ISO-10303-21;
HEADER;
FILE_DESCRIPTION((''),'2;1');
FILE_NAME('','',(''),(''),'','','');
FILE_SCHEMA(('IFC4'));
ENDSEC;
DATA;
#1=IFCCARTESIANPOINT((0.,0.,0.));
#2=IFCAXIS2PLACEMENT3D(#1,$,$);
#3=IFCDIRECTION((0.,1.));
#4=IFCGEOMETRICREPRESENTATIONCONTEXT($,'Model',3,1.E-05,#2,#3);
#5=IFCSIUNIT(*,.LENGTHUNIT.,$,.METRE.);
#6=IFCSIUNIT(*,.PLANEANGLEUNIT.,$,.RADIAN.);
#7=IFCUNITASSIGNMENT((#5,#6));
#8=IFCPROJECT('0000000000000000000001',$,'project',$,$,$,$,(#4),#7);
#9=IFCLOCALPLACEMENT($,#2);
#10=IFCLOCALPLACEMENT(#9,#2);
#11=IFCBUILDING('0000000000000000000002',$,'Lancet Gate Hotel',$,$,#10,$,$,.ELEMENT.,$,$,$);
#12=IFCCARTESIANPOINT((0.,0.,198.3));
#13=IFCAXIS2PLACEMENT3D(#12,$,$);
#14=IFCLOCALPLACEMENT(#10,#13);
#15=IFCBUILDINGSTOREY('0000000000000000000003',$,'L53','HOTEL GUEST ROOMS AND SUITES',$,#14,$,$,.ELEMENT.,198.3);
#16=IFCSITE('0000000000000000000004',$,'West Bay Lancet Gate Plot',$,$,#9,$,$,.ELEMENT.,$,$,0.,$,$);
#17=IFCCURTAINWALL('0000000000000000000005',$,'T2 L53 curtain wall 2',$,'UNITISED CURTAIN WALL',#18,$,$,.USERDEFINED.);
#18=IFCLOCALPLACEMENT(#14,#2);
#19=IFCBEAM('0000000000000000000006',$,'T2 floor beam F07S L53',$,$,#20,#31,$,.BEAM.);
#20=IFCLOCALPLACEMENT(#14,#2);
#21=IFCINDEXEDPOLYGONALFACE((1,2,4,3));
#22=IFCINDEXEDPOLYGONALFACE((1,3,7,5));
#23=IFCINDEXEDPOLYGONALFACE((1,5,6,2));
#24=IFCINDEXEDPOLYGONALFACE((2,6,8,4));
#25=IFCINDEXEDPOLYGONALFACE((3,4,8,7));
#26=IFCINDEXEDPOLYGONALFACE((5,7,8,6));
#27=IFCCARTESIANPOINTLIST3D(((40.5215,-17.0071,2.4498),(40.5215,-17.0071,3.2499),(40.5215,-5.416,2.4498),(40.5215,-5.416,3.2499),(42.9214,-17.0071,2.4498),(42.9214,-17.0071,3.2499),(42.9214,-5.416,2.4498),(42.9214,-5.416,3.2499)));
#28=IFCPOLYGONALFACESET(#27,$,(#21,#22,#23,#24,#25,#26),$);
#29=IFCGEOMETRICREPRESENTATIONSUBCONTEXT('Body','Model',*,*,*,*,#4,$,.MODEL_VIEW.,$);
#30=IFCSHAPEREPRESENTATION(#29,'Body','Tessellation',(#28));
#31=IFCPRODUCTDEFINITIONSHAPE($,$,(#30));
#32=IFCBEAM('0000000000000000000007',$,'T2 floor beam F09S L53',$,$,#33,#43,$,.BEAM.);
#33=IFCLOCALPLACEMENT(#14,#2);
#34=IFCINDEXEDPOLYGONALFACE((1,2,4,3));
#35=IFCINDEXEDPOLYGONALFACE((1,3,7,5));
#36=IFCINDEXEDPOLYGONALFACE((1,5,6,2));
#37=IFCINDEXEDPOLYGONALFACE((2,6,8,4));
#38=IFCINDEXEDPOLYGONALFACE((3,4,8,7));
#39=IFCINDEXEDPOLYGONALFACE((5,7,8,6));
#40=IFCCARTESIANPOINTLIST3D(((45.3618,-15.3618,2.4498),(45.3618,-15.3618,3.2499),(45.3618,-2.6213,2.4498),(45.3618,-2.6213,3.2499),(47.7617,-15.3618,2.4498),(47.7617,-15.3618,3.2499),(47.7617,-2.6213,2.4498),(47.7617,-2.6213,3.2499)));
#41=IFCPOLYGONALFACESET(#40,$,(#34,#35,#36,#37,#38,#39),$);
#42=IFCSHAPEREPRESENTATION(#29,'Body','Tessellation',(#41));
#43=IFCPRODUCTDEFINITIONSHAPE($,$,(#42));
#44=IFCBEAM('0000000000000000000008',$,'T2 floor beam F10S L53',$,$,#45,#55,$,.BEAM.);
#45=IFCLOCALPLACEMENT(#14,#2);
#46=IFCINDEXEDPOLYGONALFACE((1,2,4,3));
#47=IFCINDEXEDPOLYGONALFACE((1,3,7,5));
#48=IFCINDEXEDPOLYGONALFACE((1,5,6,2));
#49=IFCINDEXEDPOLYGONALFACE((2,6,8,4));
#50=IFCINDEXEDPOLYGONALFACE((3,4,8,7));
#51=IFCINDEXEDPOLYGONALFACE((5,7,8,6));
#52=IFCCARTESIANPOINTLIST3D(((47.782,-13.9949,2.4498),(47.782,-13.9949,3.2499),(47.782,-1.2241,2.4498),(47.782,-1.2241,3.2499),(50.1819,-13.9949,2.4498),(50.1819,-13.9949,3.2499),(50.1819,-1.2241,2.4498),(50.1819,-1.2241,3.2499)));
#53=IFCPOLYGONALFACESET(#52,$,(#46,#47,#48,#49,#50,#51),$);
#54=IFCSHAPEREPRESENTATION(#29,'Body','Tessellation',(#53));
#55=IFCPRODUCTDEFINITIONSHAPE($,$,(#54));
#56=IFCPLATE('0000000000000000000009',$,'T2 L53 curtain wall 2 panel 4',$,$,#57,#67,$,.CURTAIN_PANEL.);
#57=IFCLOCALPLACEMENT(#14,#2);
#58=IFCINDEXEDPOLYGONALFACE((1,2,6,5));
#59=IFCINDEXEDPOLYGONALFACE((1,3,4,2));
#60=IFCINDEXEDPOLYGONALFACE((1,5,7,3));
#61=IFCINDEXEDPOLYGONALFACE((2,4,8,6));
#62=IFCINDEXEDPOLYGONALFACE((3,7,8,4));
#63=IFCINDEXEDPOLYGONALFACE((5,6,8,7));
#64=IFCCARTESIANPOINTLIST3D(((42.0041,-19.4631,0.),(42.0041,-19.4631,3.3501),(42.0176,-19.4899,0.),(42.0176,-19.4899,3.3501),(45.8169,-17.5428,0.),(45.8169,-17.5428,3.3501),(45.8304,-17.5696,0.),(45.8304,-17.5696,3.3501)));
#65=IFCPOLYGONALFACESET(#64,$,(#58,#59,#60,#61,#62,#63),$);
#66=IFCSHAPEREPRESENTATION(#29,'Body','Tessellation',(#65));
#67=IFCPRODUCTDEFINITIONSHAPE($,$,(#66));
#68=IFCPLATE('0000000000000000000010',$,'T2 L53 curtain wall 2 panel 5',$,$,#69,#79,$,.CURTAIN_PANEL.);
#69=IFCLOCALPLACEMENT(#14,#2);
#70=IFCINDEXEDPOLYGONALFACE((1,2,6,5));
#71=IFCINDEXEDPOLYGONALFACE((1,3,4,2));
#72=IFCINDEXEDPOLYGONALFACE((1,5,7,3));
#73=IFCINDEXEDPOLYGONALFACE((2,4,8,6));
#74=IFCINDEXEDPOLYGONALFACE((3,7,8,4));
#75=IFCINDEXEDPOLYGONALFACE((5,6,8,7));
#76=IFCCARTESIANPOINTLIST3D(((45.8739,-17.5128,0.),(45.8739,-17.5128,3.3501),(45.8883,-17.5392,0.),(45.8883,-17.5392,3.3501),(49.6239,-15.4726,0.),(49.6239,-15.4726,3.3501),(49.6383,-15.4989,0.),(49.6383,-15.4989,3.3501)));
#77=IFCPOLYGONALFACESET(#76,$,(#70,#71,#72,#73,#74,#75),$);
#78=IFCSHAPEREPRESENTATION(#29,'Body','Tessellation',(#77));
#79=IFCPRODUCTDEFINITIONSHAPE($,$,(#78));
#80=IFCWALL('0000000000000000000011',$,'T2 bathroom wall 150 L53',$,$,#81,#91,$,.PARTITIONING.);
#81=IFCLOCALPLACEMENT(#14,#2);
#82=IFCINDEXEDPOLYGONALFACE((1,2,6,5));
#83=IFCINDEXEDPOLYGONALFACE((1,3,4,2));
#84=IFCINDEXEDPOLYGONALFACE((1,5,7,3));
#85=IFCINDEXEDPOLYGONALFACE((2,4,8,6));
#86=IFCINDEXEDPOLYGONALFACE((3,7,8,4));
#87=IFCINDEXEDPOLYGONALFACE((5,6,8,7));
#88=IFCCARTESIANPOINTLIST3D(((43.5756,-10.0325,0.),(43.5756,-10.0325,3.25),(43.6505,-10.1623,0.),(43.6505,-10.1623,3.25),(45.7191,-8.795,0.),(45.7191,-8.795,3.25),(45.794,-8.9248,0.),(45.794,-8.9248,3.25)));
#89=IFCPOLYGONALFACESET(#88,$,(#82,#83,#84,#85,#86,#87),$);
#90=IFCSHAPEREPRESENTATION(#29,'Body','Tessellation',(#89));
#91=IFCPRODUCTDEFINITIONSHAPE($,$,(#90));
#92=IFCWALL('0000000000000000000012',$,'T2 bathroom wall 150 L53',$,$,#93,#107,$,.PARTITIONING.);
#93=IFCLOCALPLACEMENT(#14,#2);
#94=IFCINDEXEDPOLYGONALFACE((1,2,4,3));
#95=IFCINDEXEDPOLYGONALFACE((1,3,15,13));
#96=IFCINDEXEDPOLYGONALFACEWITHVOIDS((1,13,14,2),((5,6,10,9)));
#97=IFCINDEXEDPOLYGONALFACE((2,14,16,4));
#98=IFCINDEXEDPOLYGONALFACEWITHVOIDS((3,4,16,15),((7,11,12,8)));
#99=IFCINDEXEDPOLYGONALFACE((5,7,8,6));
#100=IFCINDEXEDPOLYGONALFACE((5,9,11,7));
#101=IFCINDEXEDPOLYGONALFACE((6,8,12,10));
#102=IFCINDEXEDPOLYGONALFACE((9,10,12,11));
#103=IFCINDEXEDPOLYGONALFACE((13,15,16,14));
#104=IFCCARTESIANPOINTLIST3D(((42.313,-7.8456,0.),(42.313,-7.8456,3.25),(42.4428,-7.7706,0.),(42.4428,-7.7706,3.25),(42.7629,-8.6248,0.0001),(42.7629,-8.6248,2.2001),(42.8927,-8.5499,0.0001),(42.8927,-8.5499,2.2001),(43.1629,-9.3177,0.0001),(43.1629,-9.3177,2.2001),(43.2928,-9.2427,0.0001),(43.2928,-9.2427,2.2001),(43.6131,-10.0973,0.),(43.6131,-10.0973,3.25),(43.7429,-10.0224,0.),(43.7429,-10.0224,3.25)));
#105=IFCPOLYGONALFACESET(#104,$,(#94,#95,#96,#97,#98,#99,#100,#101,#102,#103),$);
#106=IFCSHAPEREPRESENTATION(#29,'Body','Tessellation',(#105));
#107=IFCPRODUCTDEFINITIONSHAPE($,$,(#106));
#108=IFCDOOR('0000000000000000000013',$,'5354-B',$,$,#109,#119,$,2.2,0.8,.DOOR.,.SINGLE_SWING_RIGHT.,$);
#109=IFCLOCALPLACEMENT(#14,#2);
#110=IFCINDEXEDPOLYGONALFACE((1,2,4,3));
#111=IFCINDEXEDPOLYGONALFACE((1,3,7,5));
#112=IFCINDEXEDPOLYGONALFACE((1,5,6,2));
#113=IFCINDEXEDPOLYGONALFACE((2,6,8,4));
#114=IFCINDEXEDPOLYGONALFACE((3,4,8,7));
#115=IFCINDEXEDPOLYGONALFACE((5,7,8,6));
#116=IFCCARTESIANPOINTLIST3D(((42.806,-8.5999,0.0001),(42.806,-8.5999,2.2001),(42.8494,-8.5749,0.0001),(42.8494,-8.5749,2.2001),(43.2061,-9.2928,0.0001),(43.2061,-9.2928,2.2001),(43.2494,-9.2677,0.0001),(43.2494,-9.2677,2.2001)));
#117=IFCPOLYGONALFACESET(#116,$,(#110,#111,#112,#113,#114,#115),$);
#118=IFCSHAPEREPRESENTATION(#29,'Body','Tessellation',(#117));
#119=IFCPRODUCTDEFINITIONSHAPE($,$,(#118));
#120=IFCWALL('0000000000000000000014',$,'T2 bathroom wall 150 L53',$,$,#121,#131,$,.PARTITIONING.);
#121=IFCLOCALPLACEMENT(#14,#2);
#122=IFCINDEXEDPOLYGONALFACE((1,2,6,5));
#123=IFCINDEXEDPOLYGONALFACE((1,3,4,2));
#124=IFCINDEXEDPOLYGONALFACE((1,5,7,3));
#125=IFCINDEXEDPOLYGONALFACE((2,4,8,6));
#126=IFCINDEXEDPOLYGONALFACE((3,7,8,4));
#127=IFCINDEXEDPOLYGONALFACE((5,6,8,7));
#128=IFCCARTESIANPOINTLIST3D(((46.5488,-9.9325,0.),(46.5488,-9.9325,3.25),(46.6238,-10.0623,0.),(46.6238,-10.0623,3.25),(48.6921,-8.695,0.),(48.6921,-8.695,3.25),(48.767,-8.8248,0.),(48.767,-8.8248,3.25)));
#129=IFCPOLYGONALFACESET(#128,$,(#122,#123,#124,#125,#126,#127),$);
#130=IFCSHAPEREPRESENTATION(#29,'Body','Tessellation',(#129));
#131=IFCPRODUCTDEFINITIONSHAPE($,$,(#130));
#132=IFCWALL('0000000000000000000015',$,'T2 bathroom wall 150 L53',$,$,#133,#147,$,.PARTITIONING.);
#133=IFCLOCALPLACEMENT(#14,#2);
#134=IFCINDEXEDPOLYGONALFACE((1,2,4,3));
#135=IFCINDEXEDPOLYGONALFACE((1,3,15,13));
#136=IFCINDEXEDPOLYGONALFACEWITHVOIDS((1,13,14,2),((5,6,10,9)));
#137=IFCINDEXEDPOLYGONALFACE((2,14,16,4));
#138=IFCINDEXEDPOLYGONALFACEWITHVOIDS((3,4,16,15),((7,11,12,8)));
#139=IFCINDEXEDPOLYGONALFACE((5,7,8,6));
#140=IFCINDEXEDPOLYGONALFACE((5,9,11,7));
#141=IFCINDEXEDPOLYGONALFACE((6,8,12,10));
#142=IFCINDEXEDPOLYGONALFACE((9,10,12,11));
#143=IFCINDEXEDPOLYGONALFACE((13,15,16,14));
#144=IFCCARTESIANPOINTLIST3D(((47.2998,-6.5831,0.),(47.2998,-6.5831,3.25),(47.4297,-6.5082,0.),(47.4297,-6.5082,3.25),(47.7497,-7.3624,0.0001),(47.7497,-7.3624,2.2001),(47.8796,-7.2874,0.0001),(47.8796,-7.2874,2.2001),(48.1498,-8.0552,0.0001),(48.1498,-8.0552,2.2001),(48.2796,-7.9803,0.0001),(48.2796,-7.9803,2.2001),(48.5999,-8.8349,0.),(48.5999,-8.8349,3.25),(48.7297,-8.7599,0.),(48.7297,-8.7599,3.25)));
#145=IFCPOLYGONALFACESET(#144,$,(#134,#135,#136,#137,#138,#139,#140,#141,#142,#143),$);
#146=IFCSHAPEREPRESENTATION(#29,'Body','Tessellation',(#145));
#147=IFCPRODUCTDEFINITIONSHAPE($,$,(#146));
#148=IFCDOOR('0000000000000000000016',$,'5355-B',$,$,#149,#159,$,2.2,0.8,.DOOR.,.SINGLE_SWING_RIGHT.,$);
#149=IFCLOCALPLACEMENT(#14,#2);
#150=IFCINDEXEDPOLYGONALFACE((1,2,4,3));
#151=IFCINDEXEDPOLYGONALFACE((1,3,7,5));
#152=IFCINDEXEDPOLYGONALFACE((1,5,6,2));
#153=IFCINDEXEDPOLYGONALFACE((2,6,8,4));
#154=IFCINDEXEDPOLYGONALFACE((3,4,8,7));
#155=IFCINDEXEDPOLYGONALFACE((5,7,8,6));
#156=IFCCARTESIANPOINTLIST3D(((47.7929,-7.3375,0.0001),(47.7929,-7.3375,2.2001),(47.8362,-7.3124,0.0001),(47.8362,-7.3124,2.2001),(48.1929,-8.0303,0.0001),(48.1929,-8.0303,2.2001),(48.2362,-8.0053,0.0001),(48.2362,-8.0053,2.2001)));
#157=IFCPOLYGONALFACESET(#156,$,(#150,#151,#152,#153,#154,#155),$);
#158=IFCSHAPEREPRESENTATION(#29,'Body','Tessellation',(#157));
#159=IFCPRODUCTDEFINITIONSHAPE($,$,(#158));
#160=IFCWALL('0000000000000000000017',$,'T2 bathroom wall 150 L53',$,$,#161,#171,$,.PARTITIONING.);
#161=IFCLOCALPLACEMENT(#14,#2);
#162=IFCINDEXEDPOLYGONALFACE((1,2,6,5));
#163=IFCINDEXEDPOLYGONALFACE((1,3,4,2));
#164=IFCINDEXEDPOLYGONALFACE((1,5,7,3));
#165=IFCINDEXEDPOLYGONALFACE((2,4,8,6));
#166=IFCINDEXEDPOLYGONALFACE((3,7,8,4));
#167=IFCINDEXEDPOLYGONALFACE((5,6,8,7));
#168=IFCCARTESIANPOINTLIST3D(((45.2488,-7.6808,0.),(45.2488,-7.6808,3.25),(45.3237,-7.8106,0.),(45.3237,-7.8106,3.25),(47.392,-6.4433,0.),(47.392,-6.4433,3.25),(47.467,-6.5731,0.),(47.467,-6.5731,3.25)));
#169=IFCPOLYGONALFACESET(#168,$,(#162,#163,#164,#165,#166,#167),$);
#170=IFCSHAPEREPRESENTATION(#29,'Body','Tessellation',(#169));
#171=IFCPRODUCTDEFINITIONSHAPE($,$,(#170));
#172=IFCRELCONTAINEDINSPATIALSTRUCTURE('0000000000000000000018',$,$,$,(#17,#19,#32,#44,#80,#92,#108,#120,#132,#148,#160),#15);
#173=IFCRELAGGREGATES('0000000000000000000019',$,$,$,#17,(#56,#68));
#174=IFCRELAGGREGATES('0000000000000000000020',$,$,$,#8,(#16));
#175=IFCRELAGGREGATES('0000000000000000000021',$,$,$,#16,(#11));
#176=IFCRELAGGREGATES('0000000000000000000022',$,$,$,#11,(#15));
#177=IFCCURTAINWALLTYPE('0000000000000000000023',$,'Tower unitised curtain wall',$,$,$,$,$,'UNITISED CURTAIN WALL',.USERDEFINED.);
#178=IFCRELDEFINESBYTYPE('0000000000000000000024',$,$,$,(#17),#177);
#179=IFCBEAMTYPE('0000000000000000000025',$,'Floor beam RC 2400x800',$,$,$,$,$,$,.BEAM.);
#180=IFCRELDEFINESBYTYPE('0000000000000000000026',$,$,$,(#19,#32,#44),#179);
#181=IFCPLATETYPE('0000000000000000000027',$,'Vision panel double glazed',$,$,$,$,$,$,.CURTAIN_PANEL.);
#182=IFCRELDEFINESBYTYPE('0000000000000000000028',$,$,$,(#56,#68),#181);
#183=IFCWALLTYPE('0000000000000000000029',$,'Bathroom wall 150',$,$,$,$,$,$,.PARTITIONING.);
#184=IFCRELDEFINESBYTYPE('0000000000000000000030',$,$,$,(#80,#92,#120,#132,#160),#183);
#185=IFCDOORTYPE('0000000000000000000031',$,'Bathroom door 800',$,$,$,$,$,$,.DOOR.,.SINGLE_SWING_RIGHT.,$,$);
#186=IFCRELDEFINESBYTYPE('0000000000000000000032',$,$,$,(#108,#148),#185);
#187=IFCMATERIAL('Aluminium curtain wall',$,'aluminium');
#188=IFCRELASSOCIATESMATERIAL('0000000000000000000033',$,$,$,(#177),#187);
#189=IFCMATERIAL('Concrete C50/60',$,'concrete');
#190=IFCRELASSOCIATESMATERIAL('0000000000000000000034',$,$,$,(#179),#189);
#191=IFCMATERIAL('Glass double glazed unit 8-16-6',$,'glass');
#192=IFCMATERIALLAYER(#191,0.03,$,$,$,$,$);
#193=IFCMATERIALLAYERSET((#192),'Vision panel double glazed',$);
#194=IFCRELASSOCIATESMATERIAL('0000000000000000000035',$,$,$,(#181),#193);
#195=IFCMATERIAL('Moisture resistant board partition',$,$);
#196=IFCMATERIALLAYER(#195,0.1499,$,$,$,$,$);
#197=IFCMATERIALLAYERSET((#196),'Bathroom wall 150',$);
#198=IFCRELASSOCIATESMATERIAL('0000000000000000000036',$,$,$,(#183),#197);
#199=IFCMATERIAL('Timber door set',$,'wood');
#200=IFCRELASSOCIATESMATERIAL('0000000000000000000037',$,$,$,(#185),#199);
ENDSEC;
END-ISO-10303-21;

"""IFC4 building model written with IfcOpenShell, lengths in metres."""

from ifc_helpers import new_model, si_unit, direction, frame, frame_2d, origin, origin_2d, place, context, subcontext, project, spatial, rectangle, extrude, material, layer, layer_set, material_profile, profile_set, type_object, element, fill, aggregate, save


model = new_model("IFC4")

# Units and contexts
model_context = context("Model", 3, precision=1e-05, world=origin(), true_north=direction((0.0, 1.0)))
body_context = subcontext(model_context, "Body", "Model", "MODEL_VIEW")
ifc_project = project(units=[si_unit("LENGTHUNIT", "METRE"), si_unit("PLANEANGLEUNIT", "RADIAN")], contexts=[model_context])

# Site, building, storey
site_placement = place(None, origin())
site = spatial("IfcSite", under=ifc_project, at=site_placement, Name="West Bay Lancet Gate Plot", CompositionType="ELEMENT", RefElevation=0.0)
building_placement = place(site_placement, origin())
building = spatial("IfcBuilding", under=site, at=building_placement, Name="Lancet Gate Hotel", CompositionType="ELEMENT")
storey_placement = place(building_placement, frame((0.0, 0.0, 198.3)))
storey = spatial("IfcBuildingStorey", under=building, at=storey_placement, Name="L53", Description="HOTEL GUEST ROOMS AND SUITES", CompositionType="ELEMENT", Elevation=198.3)

# Curtain wall
ifc_material_1 = material(Name="Aluminium curtain wall", Category="aluminium")
curtain_wall_type = type_object("IfcCurtainWallType", Name="Tower unitised curtain wall", ElementType="UNITISED CURTAIN WALL", PredefinedType="USERDEFINED", material=ifc_material_1)
curtain_wall_placement = place(storey_placement, origin())
curtain_wall = element("IfcCurtainWall", 1, at=curtain_wall_placement, inside=storey, type_object=curtain_wall_type, Name="T2 L53 curtain wall 2", ObjectType="UNITISED CURTAIN WALL", PredefinedType="USERDEFINED")

# Beams
ifc_material_2 = material(Name="Concrete C50/60", Category="concrete")
ifc_material_profile_1 = material_profile(ifc_material_2, rectangle(XDim=2.3999, YDim=0.8, at=origin_2d()), Name="RC 2400x800")
ifc_profile_set_1 = profile_set([ifc_material_profile_1], Name="Concrete C50/60")
beam_type_1 = type_object("IfcBeamType", Name="Floor beam RC 2400x800", PredefinedType="BEAM", material=ifc_profile_set_1)
beam_1_placement = place(storey_placement, frame((41.7214, -17.0071, 2.8499), z_axis=(0.0, 1.0, 0.0), x_axis=(-1.0, 0.0, 0.0)))
element("IfcBeam", 2, at=beam_1_placement, inside=storey, type_object=beam_type_1, Name="T2 floor beam F07S L53", PredefinedType="BEAM", context=body_context, shape_type="SweptSolid", body=[
    extrude(rectangle(XDim=2.3999, YDim=0.8, at=origin_2d()), origin(), (0.0, 0.0, 1.0), 11.5911),
])
beam_2_placement = place(storey_placement, frame((46.5618, -15.3618, 2.8499), z_axis=(0.0, 1.0, 0.0), x_axis=(-1.0, 0.0, 0.0)))
element("IfcBeam", 3, at=beam_2_placement, inside=storey, type_object=beam_type_1, Name="T2 floor beam F09S L53", PredefinedType="BEAM", context=body_context, shape_type="SweptSolid", body=[
    extrude(rectangle(XDim=2.3999, YDim=0.8, at=origin_2d()), origin(), (0.0, 0.0, 1.0), 12.7405),
])
beam_3_placement = place(storey_placement, frame((48.9819, -13.9949, 2.8499), z_axis=(0.0, 1.0, 0.0), x_axis=(-1.0, 0.0, 0.0)))
element("IfcBeam", 4, at=beam_3_placement, inside=storey, type_object=beam_type_1, Name="T2 floor beam F10S L53", PredefinedType="BEAM", context=body_context, shape_type="SweptSolid", body=[
    extrude(rectangle(XDim=2.3999, YDim=0.8, at=origin_2d()), origin(), (0.0, 0.0, 1.0), 12.7708),
])

# Plates
ifc_material_3 = material(Name="Glass double glazed unit 8-16-6", Category="glass")
ifc_layer_1 = layer(ifc_material_3, 0.03)
ifc_layer_set_1 = layer_set([ifc_layer_1], Name="Vision panel double glazed")
plate_type = type_object("IfcPlateType", Name="Vision panel double glazed", PredefinedType="CURTAIN_PANEL", material=ifc_layer_set_1)
plate_1_placement = place(storey_placement, frame((43.9172, -18.5164, 0.0), z_axis=(0.0, 0.0, 1.0), x_axis=(0.893121, 0.449816, 0.0)))
plate_1 = element("IfcPlate", 5, at=plate_1_placement, type_object=plate_type, Name="T2 L53 curtain wall 2 panel 4", PredefinedType="CURTAIN_PANEL", context=body_context, shape_type="SweptSolid", body=[
    extrude(rectangle(XDim=4.269, YDim=0.03, at=origin_2d()), origin(), (0.0, 0.0, 1.0), 3.3501),
])
plate_2_placement = place(storey_placement, frame((47.7561, -16.5059, 0.0), z_axis=(0.0, 0.0, 1.0), x_axis=(0.87841, 0.477908, 0.0)))
plate_2 = element("IfcPlate", 6, at=plate_2_placement, type_object=plate_type, Name="T2 L53 curtain wall 2 panel 5", PredefinedType="CURTAIN_PANEL", context=body_context, shape_type="SweptSolid", body=[
    extrude(rectangle(XDim=4.269, YDim=0.03, at=origin_2d()), origin(), (0.0, 0.0, 1.0), 3.3501),
])
aggregate(curtain_wall, [plate_1, plate_2])

# Wall
ifc_material_4 = material(Name="Moisture resistant board partition")
ifc_layer_2 = layer(ifc_material_4, 0.1499)
ifc_layer_set_2 = layer_set([ifc_layer_2], Name="Bathroom wall 150")
wall_type_1 = type_object("IfcWallType", Name="Bathroom wall 150", PredefinedType="PARTITIONING", material=ifc_layer_set_2)
wall_1_placement = place(storey_placement, frame((43.613, -10.0974, 0.0), z_axis=(0.0, 0.0, 1.0), x_axis=(0.866031, 0.49999, 0.0)))
element("IfcWall", 7, at=wall_1_placement, inside=storey, type_object=wall_type_1, Name="T2 bathroom wall 150 L53", PredefinedType="PARTITIONING", context=body_context, shape_type="SweptSolid", body=[
    extrude(rectangle(XDim=2.4751, YDim=0.1499, at=frame_2d((1.2375, 0.0))), origin(), (0.0, 0.0, 1.0), 3.25),
])

# Wall, opening, door
wall_2_placement = place(storey_placement, frame((42.3779, -7.8081, 0.0), z_axis=(0.0, 0.0, 1.0), x_axis=(0.500007, -0.866021, 0.0)))
wall_2 = element("IfcWall", 8, at=wall_2_placement, inside=storey, type_object=wall_type_1, Name="T2 bathroom wall 150 L53", PredefinedType="PARTITIONING", context=body_context, shape_type="SweptSolid", body=[
    extrude(rectangle(XDim=2.6001, YDim=0.1499, at=frame_2d((1.3, 0.0))), origin(), (0.0, 0.0, 1.0), 3.25),
])
opening_1_placement = place(wall_2_placement, frame((0.8999, 0.0, 0.0)))
opening_1 = element("IfcOpeningElement", 9, at=opening_1_placement, cuts=wall_2, PredefinedType="OPENING", context=body_context, shape_type="SweptSolid", body=[
    extrude(rectangle(XDim=0.8, YDim=2.2, at=frame_2d((0.3999, 1.1001))), frame((0.0, 0.085, 0.0), z_axis=(0.0, -1.0, 0.0), x_axis=(1.0, 0.0, 0.0)), (0.0, 0.0, 1.0), 0.1699),
])
ifc_material_5 = material(Name="Timber door set", Category="wood")
door_type_1 = type_object("IfcDoorType", Name="Bathroom door 800", OperationType="SINGLE_SWING_RIGHT", PredefinedType="DOOR", material=ifc_material_5)
door_1_placement = place(opening_1_placement, origin())
door_1 = element("IfcDoor", 10, at=door_1_placement, inside=storey, type_object=door_type_1, Name="5354-B", OperationType="SINGLE_SWING_RIGHT", OverallHeight=2.2, OverallWidth=0.8, PredefinedType="DOOR", context=body_context, shape_type="SweptSolid", body=[
    extrude(rectangle(XDim=0.8, YDim=2.2, at=frame_2d((0.3999, 1.1001))), frame((0.0, 0.0249, 0.0), z_axis=(0.0, -1.0, 0.0), x_axis=(1.0, 0.0, 0.0)), (0.0, 0.0, 1.0), 0.05),
])
fill(opening_1, door_1)

# Wall
wall_3_placement = place(storey_placement, frame((46.5864, -9.9973, 0.0), z_axis=(0.0, 0.0, 1.0), x_axis=(0.866007, 0.500033, 0.0)))
element("IfcWall", 11, at=wall_3_placement, inside=storey, type_object=wall_type_1, Name="T2 bathroom wall 150 L53", PredefinedType="PARTITIONING", context=body_context, shape_type="SweptSolid", body=[
    extrude(rectangle(XDim=2.4749, YDim=0.1499, at=frame_2d((1.2373, 0.0))), origin(), (0.0, 0.0, 1.0), 3.25),
])

# Wall, opening, door
wall_4_placement = place(storey_placement, frame((47.3647, -6.5457, 0.0), z_axis=(0.0, 0.0, 1.0), x_axis=(0.500007, -0.866021, 0.0)))
wall_4 = element("IfcWall", 12, at=wall_4_placement, inside=storey, type_object=wall_type_1, Name="T2 bathroom wall 150 L53", PredefinedType="PARTITIONING", context=body_context, shape_type="SweptSolid", body=[
    extrude(rectangle(XDim=2.6001, YDim=0.1499, at=frame_2d((1.3, 0.0))), origin(), (0.0, 0.0, 1.0), 3.25),
])
opening_2_placement = place(wall_4_placement, frame((0.8999, 0.0, 0.0)))
opening_2 = element("IfcOpeningElement", 13, at=opening_2_placement, cuts=wall_4, PredefinedType="OPENING", context=body_context, shape_type="SweptSolid", body=[
    extrude(rectangle(XDim=0.8, YDim=2.2, at=frame_2d((0.3999, 1.1001))), frame((0.0, 0.085, 0.0), z_axis=(0.0, -1.0, 0.0), x_axis=(1.0, 0.0, 0.0)), (0.0, 0.0, 1.0), 0.1699),
])
door_2_placement = place(opening_2_placement, origin())
door_2 = element("IfcDoor", 14, at=door_2_placement, inside=storey, type_object=door_type_1, Name="5355-B", OperationType="SINGLE_SWING_RIGHT", OverallHeight=2.2, OverallWidth=0.8, PredefinedType="DOOR", context=body_context, shape_type="SweptSolid", body=[
    extrude(rectangle(XDim=0.8, YDim=2.2, at=frame_2d((0.3999, 1.1001))), frame((0.0, 0.0249, 0.0), z_axis=(0.0, -1.0, 0.0), x_axis=(1.0, 0.0, 0.0)), (0.0, 0.0, 1.0), 0.05),
])
fill(opening_2, door_2)

# Wall
wall_5_placement = place(storey_placement, frame((45.2864, -7.7456, 0.0), z_axis=(0.0, 0.0, 1.0), x_axis=(0.866007, 0.500033, 0.0)))
element("IfcWall", 15, at=wall_5_placement, inside=storey, type_object=wall_type_1, Name="T2 bathroom wall 150 L53", PredefinedType="PARTITIONING", context=body_context, shape_type="SweptSolid", body=[
    extrude(rectangle(XDim=2.4749, YDim=0.1499, at=frame_2d((1.2373, 0.0))), origin(), (0.0, 0.0, 1.0), 3.25),
])

save(model, "model.ifc")
